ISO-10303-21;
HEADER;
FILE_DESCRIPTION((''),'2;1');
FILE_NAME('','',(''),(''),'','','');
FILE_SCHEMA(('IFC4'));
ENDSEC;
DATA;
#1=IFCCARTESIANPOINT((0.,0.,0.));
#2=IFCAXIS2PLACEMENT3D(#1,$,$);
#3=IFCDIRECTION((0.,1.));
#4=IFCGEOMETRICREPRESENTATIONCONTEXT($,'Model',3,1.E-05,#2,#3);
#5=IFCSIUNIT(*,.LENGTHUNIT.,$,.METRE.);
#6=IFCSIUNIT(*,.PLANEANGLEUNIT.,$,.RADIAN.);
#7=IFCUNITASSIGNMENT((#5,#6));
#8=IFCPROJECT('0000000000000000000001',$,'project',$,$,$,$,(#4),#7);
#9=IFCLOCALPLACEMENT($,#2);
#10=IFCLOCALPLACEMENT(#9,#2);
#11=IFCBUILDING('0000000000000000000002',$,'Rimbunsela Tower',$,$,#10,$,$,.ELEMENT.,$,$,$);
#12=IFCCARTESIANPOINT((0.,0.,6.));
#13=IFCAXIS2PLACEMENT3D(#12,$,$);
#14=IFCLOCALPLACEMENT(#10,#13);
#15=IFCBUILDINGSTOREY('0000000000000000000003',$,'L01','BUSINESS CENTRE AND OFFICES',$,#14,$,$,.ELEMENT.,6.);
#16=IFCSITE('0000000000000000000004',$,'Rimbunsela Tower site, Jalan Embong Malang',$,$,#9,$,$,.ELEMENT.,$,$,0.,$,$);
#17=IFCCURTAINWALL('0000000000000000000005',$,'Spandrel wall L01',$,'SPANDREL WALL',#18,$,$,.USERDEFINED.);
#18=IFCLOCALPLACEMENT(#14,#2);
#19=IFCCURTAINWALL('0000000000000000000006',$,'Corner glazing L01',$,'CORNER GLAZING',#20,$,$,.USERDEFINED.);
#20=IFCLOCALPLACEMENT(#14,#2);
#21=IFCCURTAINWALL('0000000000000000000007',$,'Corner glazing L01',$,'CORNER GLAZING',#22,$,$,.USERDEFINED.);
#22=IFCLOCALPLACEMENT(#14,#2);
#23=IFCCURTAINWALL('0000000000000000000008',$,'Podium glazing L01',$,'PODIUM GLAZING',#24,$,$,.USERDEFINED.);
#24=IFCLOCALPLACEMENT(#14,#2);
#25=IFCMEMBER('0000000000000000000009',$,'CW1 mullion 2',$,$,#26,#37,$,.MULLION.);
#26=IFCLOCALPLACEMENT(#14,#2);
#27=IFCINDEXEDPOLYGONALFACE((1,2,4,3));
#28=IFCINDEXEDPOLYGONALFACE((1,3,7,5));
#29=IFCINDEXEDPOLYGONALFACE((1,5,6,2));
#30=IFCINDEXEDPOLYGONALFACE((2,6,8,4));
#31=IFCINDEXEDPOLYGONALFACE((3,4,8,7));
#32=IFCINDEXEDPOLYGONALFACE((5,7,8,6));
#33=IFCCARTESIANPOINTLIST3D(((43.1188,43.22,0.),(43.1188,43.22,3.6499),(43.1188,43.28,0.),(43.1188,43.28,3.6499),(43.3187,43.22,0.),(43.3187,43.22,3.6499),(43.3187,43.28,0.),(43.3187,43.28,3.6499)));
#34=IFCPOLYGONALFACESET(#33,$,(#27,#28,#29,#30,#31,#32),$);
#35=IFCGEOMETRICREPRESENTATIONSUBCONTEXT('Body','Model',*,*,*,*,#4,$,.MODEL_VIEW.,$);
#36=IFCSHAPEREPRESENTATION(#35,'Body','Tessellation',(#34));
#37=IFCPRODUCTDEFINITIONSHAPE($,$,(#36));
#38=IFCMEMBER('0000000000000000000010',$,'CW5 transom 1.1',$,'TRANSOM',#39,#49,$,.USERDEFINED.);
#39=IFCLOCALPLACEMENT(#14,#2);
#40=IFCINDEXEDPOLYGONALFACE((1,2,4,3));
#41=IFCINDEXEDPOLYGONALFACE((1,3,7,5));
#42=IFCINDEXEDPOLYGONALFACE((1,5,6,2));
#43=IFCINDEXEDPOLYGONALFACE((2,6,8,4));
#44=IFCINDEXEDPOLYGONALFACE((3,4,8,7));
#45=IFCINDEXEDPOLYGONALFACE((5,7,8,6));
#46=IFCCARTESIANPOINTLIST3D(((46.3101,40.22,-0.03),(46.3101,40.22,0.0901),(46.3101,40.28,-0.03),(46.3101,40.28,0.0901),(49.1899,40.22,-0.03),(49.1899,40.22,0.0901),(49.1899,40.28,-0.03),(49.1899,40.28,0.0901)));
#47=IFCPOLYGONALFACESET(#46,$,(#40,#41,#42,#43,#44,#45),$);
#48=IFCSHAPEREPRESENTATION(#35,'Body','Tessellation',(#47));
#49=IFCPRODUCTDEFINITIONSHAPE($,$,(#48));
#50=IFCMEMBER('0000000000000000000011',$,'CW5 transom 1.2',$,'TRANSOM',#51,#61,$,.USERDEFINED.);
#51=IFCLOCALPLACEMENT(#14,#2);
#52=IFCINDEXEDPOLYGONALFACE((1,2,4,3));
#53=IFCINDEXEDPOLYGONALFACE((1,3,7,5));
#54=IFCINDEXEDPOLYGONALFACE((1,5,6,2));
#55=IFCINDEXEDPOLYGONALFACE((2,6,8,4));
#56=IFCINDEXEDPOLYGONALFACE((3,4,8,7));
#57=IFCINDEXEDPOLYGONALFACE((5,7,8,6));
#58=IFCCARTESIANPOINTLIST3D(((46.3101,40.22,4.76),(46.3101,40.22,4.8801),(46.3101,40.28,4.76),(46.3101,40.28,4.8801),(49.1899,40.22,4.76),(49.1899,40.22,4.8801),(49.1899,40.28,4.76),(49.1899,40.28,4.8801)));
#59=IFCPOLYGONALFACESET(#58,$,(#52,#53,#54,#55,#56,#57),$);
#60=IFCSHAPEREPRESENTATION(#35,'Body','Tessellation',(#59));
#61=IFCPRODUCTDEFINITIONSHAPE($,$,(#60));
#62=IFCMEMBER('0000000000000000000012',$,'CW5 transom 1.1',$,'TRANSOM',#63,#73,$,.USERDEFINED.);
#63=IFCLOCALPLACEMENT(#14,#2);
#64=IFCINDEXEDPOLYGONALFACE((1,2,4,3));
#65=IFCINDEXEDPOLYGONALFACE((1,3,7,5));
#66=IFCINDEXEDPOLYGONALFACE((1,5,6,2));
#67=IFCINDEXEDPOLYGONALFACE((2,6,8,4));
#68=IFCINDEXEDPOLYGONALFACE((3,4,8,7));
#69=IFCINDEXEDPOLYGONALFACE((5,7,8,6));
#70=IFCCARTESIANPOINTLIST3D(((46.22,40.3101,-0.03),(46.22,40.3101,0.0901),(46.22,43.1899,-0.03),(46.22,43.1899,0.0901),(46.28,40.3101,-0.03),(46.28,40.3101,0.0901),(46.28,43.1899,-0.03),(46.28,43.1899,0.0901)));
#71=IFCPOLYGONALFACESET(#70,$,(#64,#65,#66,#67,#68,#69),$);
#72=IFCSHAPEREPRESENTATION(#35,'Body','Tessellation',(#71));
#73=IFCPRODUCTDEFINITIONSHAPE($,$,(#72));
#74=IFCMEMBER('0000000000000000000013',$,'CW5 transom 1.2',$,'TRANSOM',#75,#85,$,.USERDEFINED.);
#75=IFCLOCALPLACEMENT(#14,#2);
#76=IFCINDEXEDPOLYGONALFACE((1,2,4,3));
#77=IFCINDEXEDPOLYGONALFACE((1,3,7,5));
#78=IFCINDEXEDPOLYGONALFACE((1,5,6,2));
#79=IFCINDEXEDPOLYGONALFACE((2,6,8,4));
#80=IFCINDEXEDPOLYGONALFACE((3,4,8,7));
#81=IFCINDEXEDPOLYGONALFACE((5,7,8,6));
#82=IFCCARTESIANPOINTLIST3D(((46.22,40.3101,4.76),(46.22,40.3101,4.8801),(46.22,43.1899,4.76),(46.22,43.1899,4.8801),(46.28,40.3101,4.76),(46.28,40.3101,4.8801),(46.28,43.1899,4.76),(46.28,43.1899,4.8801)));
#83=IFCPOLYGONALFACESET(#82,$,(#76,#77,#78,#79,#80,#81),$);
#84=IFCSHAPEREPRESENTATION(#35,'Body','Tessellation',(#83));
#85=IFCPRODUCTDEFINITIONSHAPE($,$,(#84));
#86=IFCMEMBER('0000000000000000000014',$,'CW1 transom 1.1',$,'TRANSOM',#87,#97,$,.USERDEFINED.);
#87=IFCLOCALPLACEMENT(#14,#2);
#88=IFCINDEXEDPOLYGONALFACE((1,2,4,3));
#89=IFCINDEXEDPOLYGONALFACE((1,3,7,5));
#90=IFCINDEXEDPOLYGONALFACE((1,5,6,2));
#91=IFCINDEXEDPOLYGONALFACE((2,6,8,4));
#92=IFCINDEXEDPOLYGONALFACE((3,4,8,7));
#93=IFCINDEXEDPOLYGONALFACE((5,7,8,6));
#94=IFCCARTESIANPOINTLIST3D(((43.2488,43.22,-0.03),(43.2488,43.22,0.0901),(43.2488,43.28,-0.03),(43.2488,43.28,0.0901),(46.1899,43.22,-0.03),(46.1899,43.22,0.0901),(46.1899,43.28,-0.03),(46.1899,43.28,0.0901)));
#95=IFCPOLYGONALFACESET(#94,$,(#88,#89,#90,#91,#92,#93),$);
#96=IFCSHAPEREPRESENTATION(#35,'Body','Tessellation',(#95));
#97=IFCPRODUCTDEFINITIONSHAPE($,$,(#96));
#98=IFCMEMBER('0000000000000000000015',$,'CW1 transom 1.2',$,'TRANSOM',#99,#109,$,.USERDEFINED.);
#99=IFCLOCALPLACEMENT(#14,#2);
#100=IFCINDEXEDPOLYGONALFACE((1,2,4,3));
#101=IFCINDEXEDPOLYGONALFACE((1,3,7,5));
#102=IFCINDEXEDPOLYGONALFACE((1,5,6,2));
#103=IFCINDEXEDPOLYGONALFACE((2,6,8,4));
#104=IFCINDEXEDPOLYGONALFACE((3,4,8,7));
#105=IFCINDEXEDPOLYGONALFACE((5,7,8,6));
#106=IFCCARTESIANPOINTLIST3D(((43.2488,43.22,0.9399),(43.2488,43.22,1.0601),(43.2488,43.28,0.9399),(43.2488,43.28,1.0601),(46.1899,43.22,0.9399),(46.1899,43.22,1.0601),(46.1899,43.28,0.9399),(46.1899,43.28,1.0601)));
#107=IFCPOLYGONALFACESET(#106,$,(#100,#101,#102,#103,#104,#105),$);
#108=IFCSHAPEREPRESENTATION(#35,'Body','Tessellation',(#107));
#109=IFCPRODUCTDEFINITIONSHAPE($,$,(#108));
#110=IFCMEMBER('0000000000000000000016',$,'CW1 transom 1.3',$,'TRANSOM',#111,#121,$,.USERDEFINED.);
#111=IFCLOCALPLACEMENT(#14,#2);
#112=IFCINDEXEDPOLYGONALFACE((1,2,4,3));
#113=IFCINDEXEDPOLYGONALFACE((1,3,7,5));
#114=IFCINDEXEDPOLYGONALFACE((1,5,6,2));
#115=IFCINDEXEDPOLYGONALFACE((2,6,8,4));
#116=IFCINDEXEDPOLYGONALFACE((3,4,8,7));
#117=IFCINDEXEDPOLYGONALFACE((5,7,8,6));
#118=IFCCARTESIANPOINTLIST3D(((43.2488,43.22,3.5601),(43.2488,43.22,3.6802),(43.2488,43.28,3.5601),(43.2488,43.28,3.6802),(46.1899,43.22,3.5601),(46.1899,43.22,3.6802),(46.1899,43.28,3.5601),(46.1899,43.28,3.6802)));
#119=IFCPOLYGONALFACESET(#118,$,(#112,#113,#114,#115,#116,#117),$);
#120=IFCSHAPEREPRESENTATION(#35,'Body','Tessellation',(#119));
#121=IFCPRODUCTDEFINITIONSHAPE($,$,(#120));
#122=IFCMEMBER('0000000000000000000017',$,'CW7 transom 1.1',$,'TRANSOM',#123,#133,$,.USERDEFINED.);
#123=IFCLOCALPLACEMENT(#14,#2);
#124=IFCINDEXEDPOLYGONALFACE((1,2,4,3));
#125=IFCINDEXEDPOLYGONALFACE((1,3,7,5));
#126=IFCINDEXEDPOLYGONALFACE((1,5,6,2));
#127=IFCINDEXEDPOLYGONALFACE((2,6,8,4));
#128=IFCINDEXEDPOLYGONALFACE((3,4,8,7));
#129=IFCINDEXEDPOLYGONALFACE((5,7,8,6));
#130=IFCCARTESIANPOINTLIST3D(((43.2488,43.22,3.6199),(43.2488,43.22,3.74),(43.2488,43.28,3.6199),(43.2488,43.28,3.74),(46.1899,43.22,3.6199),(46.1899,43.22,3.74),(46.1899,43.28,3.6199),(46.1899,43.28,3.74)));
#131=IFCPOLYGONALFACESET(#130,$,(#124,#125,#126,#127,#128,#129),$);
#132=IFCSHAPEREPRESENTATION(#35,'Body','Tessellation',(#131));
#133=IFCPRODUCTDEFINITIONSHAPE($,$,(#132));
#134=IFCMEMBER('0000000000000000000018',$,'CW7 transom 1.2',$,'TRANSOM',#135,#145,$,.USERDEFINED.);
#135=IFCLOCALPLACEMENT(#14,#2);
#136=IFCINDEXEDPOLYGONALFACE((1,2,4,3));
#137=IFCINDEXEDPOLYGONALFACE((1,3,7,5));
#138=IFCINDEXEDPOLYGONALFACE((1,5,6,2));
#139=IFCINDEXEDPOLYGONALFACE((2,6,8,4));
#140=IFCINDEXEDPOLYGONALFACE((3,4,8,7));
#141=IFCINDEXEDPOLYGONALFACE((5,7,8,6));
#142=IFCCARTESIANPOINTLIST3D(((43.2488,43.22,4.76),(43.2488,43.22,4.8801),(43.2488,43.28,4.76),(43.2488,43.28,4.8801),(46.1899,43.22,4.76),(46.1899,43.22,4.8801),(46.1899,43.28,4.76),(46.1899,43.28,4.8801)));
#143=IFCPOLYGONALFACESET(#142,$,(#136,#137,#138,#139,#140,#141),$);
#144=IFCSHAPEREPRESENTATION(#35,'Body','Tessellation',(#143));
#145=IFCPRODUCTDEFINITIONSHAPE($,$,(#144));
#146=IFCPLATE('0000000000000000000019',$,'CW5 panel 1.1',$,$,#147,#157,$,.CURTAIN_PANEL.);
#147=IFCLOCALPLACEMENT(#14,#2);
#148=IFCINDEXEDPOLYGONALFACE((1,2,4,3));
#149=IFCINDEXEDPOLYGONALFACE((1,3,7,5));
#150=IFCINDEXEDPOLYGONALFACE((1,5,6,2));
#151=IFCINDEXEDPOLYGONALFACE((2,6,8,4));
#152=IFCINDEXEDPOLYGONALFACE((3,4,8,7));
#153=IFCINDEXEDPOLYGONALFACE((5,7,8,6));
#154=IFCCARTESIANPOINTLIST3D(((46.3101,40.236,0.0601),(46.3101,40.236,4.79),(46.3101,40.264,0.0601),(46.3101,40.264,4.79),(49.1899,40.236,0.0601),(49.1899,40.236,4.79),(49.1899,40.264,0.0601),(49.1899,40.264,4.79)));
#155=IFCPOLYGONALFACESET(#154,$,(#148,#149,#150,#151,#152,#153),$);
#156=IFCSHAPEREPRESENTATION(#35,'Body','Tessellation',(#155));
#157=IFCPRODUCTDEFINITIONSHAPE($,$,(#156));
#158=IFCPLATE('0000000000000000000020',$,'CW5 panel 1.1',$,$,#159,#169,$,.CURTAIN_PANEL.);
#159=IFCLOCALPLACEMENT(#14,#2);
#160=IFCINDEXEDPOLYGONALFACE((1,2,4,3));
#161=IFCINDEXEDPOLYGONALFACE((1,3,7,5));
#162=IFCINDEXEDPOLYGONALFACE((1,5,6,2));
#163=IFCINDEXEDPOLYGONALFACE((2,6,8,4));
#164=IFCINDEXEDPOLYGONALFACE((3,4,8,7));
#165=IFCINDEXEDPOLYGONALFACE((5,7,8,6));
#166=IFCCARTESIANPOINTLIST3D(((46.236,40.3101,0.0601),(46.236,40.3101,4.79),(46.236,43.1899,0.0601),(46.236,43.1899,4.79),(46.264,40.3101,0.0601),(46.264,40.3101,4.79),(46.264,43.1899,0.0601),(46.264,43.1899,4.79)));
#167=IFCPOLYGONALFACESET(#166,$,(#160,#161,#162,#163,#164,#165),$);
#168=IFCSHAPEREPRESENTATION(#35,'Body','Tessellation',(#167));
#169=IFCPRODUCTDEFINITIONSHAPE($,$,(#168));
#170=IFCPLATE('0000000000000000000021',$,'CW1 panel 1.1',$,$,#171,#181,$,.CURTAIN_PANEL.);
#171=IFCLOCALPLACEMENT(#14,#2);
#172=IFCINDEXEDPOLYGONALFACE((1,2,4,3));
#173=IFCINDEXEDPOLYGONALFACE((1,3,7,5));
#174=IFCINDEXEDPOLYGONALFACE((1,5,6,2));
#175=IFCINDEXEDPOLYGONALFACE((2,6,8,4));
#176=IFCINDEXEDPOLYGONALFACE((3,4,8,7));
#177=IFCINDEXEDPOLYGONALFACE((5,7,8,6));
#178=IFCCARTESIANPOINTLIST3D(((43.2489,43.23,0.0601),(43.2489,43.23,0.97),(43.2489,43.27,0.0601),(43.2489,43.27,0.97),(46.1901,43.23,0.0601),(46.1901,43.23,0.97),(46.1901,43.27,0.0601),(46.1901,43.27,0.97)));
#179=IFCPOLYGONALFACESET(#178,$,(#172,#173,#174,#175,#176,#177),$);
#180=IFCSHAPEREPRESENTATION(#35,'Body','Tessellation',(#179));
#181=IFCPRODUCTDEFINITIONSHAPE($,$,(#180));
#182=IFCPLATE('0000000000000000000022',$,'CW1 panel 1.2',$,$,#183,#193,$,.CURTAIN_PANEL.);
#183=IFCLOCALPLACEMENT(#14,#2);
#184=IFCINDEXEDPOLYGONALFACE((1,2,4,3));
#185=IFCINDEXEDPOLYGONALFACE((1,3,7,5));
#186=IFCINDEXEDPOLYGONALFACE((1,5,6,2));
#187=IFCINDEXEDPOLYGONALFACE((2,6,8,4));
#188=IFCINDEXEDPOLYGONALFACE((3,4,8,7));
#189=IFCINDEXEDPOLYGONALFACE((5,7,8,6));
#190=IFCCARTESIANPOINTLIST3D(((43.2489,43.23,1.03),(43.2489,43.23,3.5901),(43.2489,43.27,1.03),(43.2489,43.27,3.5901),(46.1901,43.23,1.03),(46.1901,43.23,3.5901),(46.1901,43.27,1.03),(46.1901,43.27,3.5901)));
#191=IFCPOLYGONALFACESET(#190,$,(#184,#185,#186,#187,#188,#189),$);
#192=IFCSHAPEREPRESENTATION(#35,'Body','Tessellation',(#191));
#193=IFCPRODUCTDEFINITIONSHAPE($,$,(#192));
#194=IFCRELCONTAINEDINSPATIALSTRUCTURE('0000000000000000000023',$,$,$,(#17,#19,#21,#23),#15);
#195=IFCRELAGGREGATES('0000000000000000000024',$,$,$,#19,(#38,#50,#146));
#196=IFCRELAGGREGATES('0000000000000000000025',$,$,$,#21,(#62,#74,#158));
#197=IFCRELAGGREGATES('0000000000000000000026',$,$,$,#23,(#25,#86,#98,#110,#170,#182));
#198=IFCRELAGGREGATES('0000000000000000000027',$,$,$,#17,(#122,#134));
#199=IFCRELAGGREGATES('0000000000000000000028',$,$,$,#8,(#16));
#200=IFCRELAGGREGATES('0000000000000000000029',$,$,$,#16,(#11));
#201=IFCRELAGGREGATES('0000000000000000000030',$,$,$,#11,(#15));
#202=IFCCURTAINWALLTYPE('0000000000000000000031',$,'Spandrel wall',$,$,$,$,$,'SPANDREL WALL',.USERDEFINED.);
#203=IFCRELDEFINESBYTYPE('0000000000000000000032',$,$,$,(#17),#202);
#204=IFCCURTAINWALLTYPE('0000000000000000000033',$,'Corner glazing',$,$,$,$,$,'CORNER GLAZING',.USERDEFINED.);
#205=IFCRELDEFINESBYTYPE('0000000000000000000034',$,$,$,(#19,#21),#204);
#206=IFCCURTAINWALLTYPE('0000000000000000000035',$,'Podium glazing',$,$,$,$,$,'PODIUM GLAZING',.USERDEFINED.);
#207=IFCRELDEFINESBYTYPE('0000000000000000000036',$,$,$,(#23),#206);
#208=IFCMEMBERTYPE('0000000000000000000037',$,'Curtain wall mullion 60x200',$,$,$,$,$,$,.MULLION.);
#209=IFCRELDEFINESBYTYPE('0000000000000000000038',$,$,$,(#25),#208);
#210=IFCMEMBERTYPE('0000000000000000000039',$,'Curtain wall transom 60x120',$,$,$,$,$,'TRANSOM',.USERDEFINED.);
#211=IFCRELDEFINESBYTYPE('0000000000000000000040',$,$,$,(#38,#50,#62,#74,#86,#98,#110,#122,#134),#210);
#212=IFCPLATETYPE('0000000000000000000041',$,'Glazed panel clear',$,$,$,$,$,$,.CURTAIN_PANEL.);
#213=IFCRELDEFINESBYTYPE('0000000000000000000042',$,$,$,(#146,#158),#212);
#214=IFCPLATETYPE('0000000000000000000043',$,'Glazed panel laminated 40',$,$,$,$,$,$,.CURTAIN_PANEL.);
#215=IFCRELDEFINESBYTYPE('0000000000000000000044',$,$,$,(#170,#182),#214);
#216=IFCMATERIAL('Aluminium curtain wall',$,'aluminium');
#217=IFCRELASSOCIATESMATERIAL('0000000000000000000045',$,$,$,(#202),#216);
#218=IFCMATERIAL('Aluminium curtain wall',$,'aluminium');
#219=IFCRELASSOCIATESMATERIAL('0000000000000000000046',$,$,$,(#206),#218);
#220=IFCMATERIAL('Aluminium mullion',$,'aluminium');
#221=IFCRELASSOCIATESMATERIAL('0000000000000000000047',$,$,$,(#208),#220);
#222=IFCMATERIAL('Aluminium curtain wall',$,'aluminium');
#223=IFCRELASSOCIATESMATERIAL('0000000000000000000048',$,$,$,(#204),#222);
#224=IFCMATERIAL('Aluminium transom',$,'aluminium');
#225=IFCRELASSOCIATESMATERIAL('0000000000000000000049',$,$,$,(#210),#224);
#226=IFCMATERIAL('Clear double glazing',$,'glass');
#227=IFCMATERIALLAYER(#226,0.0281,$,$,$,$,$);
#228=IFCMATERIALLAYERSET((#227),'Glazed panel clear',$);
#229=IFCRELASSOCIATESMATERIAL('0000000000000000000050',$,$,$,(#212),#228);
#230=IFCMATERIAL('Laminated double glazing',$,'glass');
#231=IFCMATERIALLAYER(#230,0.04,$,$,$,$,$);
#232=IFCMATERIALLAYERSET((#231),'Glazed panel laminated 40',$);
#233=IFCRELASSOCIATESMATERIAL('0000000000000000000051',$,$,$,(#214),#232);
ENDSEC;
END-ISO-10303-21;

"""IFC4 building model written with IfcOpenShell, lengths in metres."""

from ifc_helpers import new_model, si_unit, direction, frame, origin, origin_2d, place, context, subcontext, project, spatial, rectangle, extrude, material, layer, layer_set, material_profile, profile_set, type_object, element, aggregate, save


model = new_model("IFC4")

# Units and contexts
model_context = context("Model", 3, precision=1e-05, world=origin(), true_north=direction((0.0, 1.0)))
body_context = subcontext(model_context, "Body", "Model", "MODEL_VIEW")
ifc_project = project(units=[si_unit("LENGTHUNIT", "METRE"), si_unit("PLANEANGLEUNIT", "RADIAN")], contexts=[model_context])

# Site, building, storey
site_placement = place(None, origin())
site = spatial("IfcSite", under=ifc_project, at=site_placement, Name="Rimbunsela Tower site, Jalan Embong Malang", CompositionType="ELEMENT", RefElevation=0.0)
building_placement = place(site_placement, origin())
building = spatial("IfcBuilding", under=site, at=building_placement, Name="Rimbunsela Tower", CompositionType="ELEMENT")
storey_placement = place(building_placement, frame((0.0, 0.0, 6.0)))
storey = spatial("IfcBuildingStorey", under=building, at=storey_placement, Name="L01", Description="BUSINESS CENTRE AND OFFICES", CompositionType="ELEMENT", Elevation=6.0)

# Shared definitions
ifc_material_1 = material(Name="Aluminium curtain wall", Category="aluminium")
curtain_wall_type_1 = type_object("IfcCurtainWallType", Name="Spandrel wall", ElementType="SPANDREL WALL", PredefinedType="USERDEFINED", material=ifc_material_1)

# Curtain wall
curtain_wall_1_placement = place(storey_placement, origin())
curtain_wall_1 = element("IfcCurtainWall", 1, at=curtain_wall_1_placement, inside=storey, type_object=curtain_wall_type_1, Name="Spandrel wall L01", ObjectType="SPANDREL WALL", PredefinedType="USERDEFINED")

# Shared definitions
ifc_material_2 = material(Name="Aluminium curtain wall", Category="aluminium")
curtain_wall_type_2 = type_object("IfcCurtainWallType", Name="Podium glazing", ElementType="PODIUM GLAZING", PredefinedType="USERDEFINED", material=ifc_material_2)
ifc_material_3 = material(Name="Aluminium mullion", Category="aluminium")
ifc_material_profile_1 = material_profile(ifc_material_3, rectangle(XDim=0.0601, YDim=0.2, at=origin_2d()), Name="Mullion 60x200")
ifc_profile_set_1 = profile_set([ifc_material_profile_1], Name="Aluminium mullion")
member_type_1 = type_object("IfcMemberType", Name="Curtain wall mullion 60x200", PredefinedType="MULLION", material=ifc_profile_set_1)

# Curtain walls, member
ifc_material_4 = material(Name="Aluminium curtain wall", Category="aluminium")
curtain_wall_type_3 = type_object("IfcCurtainWallType", Name="Corner glazing", ElementType="CORNER GLAZING", PredefinedType="USERDEFINED", material=ifc_material_4)
curtain_wall_2_placement = place(storey_placement, origin())
curtain_wall_2 = element("IfcCurtainWall", 2, at=curtain_wall_2_placement, inside=storey, type_object=curtain_wall_type_3, Name="Corner glazing L01", ObjectType="CORNER GLAZING", PredefinedType="USERDEFINED")
curtain_wall_3_placement = place(storey_placement, origin())
curtain_wall_3 = element("IfcCurtainWall", 3, at=curtain_wall_3_placement, inside=storey, type_object=curtain_wall_type_3, Name="Corner glazing L01", ObjectType="CORNER GLAZING", PredefinedType="USERDEFINED")
curtain_wall_4_placement = place(storey_placement, origin())
curtain_wall_4 = element("IfcCurtainWall", 4, at=curtain_wall_4_placement, inside=storey, type_object=curtain_wall_type_2, Name="Podium glazing L01", ObjectType="PODIUM GLAZING", PredefinedType="USERDEFINED")
member_1_placement = place(storey_placement, frame((43.2188, 43.25, 0.0), z_axis=(0.0, 0.0, 1.0), x_axis=(0.0, -1.0, 0.0)))
member_1 = element("IfcMember", 5, at=member_1_placement, type_object=member_type_1, Name="CW1 mullion 2", PredefinedType="MULLION", context=body_context, shape_type="SweptSolid", body=[
    extrude(rectangle(XDim=0.0601, YDim=0.2, at=origin_2d()), origin(), (0.0, 0.0, 1.0), 3.6499),
])

# Members
ifc_material_5 = material(Name="Aluminium transom", Category="aluminium")
ifc_material_profile_2 = material_profile(ifc_material_5, rectangle(XDim=0.0601, YDim=0.1201, at=origin_2d()), Name="Transom 60x120")
ifc_profile_set_2 = profile_set([ifc_material_profile_2], Name="Aluminium transom")
member_type_2 = type_object("IfcMemberType", Name="Curtain wall transom 60x120", ElementType="TRANSOM", PredefinedType="USERDEFINED", material=ifc_profile_set_2)
member_2_placement = place(storey_placement, frame((49.1899, 40.25, 0.03), z_axis=(-1.0, 0.0, 0.0), x_axis=(0.0, -1.0, 0.0)))
member_2 = element("IfcMember", 6, at=member_2_placement, type_object=member_type_2, Name="CW5 transom 1.1", ObjectType="TRANSOM", PredefinedType="USERDEFINED", context=body_context, shape_type="SweptSolid", body=[
    extrude(rectangle(XDim=0.0601, YDim=0.1201, at=origin_2d()), origin(), (0.0, 0.0, 1.0), 2.8799),
])
member_3_placement = place(storey_placement, frame((49.1899, 40.25, 4.8201), z_axis=(-1.0, 0.0, 0.0), x_axis=(0.0, -1.0, 0.0)))
member_3 = element("IfcMember", 7, at=member_3_placement, type_object=member_type_2, Name="CW5 transom 1.2", ObjectType="TRANSOM", PredefinedType="USERDEFINED", context=body_context, shape_type="SweptSolid", body=[
    extrude(rectangle(XDim=0.0601, YDim=0.1201, at=origin_2d()), origin(), (0.0, 0.0, 1.0), 2.8799),
])
member_4_placement = place(storey_placement, frame((46.25, 40.3101, 0.03), z_axis=(0.0, 1.0, 0.0), x_axis=(-1.0, 0.0, 0.0)))
member_4 = element("IfcMember", 8, at=member_4_placement, type_object=member_type_2, Name="CW5 transom 1.1", ObjectType="TRANSOM", PredefinedType="USERDEFINED", context=body_context, shape_type="SweptSolid", body=[
    extrude(rectangle(XDim=0.0601, YDim=0.1201, at=origin_2d()), origin(), (0.0, 0.0, 1.0), 2.8799),
])
member_5_placement = place(storey_placement, frame((46.25, 40.3101, 4.8201), z_axis=(0.0, 1.0, 0.0), x_axis=(-1.0, 0.0, 0.0)))
member_5 = element("IfcMember", 9, at=member_5_placement, type_object=member_type_2, Name="CW5 transom 1.2", ObjectType="TRANSOM", PredefinedType="USERDEFINED", context=body_context, shape_type="SweptSolid", body=[
    extrude(rectangle(XDim=0.0601, YDim=0.1201, at=origin_2d()), origin(), (0.0, 0.0, 1.0), 2.8799),
])
member_6_placement = place(storey_placement, frame((46.1899, 43.25, 0.03), z_axis=(-1.0, 0.0, 0.0), x_axis=(0.0, -1.0, 0.0)))
member_6 = element("IfcMember", 10, at=member_6_placement, type_object=member_type_2, Name="CW1 transom 1.1", ObjectType="TRANSOM", PredefinedType="USERDEFINED", context=body_context, shape_type="SweptSolid", body=[
    extrude(rectangle(XDim=0.0601, YDim=0.1201, at=origin_2d()), origin(), (0.0, 0.0, 1.0), 2.9412),
])
member_7_placement = place(storey_placement, frame((46.1899, 43.25, 1.0), z_axis=(-1.0, 0.0, 0.0), x_axis=(0.0, -1.0, 0.0)))
member_7 = element("IfcMember", 11, at=member_7_placement, type_object=member_type_2, Name="CW1 transom 1.2", ObjectType="TRANSOM", PredefinedType="USERDEFINED", context=body_context, shape_type="SweptSolid", body=[
    extrude(rectangle(XDim=0.0601, YDim=0.1201, at=origin_2d()), origin(), (0.0, 0.0, 1.0), 2.9412),
])
member_8_placement = place(storey_placement, frame((46.1899, 43.25, 3.6201), z_axis=(-1.0, 0.0, 0.0), x_axis=(0.0, -1.0, 0.0)))
member_8 = element("IfcMember", 12, at=member_8_placement, type_object=member_type_2, Name="CW1 transom 1.3", ObjectType="TRANSOM", PredefinedType="USERDEFINED", context=body_context, shape_type="SweptSolid", body=[
    extrude(rectangle(XDim=0.0601, YDim=0.1201, at=origin_2d()), origin(), (0.0, 0.0, 1.0), 2.9412),
])
member_9_placement = place(storey_placement, frame((46.1899, 43.25, 3.6799), z_axis=(-1.0, 0.0, 0.0), x_axis=(0.0, -1.0, 0.0)))
member_9 = element("IfcMember", 13, at=member_9_placement, type_object=member_type_2, Name="CW7 transom 1.1", ObjectType="TRANSOM", PredefinedType="USERDEFINED", context=body_context, shape_type="SweptSolid", body=[
    extrude(rectangle(XDim=0.0601, YDim=0.1201, at=origin_2d()), origin(), (0.0, 0.0, 1.0), 2.9412),
])
member_10_placement = place(storey_placement, frame((46.1899, 43.25, 4.8201), z_axis=(-1.0, 0.0, 0.0), x_axis=(0.0, -1.0, 0.0)))
member_10 = element("IfcMember", 14, at=member_10_placement, type_object=member_type_2, Name="CW7 transom 1.2", ObjectType="TRANSOM", PredefinedType="USERDEFINED", context=body_context, shape_type="SweptSolid", body=[
    extrude(rectangle(XDim=0.0601, YDim=0.1201, at=origin_2d()), origin(), (0.0, 0.0, 1.0), 2.9412),
])

# Plates
ifc_material_6 = material(Name="Clear double glazing", Category="glass")
ifc_layer_1 = layer(ifc_material_6, 0.0281)
ifc_layer_set_1 = layer_set([ifc_layer_1], Name="Glazed panel clear")
plate_type_1 = type_object("IfcPlateType", Name="Glazed panel clear", PredefinedType="CURTAIN_PANEL", material=ifc_layer_set_1)
plate_1_placement = place(storey_placement, frame((47.75, 40.25, 0.0601), z_axis=(0.0, 0.0, 1.0), x_axis=(-1.0, 0.0, 0.0)))
plate_1 = element("IfcPlate", 15, at=plate_1_placement, type_object=plate_type_1, Name="CW5 panel 1.1", PredefinedType="CURTAIN_PANEL", context=body_context, shape_type="SweptSolid", body=[
    extrude(rectangle(XDim=2.8799, YDim=0.0281, at=origin_2d()), origin(), (0.0, 0.0, 1.0), 4.73),
])
aggregate(curtain_wall_2, [member_2, member_3, plate_1])
plate_2_placement = place(storey_placement, frame((46.25, 41.75, 0.0601), z_axis=(0.0, 0.0, 1.0), x_axis=(0.0, 1.0, 0.0)))
plate_2 = element("IfcPlate", 16, at=plate_2_placement, type_object=plate_type_1, Name="CW5 panel 1.1", PredefinedType="CURTAIN_PANEL", context=body_context, shape_type="SweptSolid", body=[
    extrude(rectangle(XDim=2.8799, YDim=0.0281, at=origin_2d()), origin(), (0.0, 0.0, 1.0), 4.73),
])
aggregate(curtain_wall_3, [member_4, member_5, plate_2])
ifc_material_7 = material(Name="Laminated double glazing", Category="glass")
ifc_layer_2 = layer(ifc_material_7, 0.04)
ifc_layer_set_2 = layer_set([ifc_layer_2], Name="Glazed panel laminated 40")
plate_type_2 = type_object("IfcPlateType", Name="Glazed panel laminated 40", PredefinedType="CURTAIN_PANEL", material=ifc_layer_set_2)
plate_3_placement = place(storey_placement, frame((44.7195, 43.25, 0.0601), z_axis=(0.0, 0.0, 1.0), x_axis=(-1.0, 0.0, 0.0)))
plate_3 = element("IfcPlate", 17, at=plate_3_placement, type_object=plate_type_2, Name="CW1 panel 1.1", PredefinedType="CURTAIN_PANEL", context=body_context, shape_type="SweptSolid", body=[
    extrude(rectangle(XDim=2.9412, YDim=0.04, at=origin_2d()), origin(), (0.0, 0.0, 1.0), 0.9099),
])
plate_4_placement = place(storey_placement, frame((44.7195, 43.25, 1.03), z_axis=(0.0, 0.0, 1.0), x_axis=(-1.0, 0.0, 0.0)))
plate_4 = element("IfcPlate", 18, at=plate_4_placement, type_object=plate_type_2, Name="CW1 panel 1.2", PredefinedType="CURTAIN_PANEL", context=body_context, shape_type="SweptSolid", body=[
    extrude(rectangle(XDim=2.9412, YDim=0.04, at=origin_2d()), origin(), (0.0, 0.0, 1.0), 2.5601),
])
aggregate(curtain_wall_4, [member_1, member_6, member_7, member_8, plate_3, plate_4])
aggregate(curtain_wall_1, [member_9, member_10])

save(model, "model.ifc")
